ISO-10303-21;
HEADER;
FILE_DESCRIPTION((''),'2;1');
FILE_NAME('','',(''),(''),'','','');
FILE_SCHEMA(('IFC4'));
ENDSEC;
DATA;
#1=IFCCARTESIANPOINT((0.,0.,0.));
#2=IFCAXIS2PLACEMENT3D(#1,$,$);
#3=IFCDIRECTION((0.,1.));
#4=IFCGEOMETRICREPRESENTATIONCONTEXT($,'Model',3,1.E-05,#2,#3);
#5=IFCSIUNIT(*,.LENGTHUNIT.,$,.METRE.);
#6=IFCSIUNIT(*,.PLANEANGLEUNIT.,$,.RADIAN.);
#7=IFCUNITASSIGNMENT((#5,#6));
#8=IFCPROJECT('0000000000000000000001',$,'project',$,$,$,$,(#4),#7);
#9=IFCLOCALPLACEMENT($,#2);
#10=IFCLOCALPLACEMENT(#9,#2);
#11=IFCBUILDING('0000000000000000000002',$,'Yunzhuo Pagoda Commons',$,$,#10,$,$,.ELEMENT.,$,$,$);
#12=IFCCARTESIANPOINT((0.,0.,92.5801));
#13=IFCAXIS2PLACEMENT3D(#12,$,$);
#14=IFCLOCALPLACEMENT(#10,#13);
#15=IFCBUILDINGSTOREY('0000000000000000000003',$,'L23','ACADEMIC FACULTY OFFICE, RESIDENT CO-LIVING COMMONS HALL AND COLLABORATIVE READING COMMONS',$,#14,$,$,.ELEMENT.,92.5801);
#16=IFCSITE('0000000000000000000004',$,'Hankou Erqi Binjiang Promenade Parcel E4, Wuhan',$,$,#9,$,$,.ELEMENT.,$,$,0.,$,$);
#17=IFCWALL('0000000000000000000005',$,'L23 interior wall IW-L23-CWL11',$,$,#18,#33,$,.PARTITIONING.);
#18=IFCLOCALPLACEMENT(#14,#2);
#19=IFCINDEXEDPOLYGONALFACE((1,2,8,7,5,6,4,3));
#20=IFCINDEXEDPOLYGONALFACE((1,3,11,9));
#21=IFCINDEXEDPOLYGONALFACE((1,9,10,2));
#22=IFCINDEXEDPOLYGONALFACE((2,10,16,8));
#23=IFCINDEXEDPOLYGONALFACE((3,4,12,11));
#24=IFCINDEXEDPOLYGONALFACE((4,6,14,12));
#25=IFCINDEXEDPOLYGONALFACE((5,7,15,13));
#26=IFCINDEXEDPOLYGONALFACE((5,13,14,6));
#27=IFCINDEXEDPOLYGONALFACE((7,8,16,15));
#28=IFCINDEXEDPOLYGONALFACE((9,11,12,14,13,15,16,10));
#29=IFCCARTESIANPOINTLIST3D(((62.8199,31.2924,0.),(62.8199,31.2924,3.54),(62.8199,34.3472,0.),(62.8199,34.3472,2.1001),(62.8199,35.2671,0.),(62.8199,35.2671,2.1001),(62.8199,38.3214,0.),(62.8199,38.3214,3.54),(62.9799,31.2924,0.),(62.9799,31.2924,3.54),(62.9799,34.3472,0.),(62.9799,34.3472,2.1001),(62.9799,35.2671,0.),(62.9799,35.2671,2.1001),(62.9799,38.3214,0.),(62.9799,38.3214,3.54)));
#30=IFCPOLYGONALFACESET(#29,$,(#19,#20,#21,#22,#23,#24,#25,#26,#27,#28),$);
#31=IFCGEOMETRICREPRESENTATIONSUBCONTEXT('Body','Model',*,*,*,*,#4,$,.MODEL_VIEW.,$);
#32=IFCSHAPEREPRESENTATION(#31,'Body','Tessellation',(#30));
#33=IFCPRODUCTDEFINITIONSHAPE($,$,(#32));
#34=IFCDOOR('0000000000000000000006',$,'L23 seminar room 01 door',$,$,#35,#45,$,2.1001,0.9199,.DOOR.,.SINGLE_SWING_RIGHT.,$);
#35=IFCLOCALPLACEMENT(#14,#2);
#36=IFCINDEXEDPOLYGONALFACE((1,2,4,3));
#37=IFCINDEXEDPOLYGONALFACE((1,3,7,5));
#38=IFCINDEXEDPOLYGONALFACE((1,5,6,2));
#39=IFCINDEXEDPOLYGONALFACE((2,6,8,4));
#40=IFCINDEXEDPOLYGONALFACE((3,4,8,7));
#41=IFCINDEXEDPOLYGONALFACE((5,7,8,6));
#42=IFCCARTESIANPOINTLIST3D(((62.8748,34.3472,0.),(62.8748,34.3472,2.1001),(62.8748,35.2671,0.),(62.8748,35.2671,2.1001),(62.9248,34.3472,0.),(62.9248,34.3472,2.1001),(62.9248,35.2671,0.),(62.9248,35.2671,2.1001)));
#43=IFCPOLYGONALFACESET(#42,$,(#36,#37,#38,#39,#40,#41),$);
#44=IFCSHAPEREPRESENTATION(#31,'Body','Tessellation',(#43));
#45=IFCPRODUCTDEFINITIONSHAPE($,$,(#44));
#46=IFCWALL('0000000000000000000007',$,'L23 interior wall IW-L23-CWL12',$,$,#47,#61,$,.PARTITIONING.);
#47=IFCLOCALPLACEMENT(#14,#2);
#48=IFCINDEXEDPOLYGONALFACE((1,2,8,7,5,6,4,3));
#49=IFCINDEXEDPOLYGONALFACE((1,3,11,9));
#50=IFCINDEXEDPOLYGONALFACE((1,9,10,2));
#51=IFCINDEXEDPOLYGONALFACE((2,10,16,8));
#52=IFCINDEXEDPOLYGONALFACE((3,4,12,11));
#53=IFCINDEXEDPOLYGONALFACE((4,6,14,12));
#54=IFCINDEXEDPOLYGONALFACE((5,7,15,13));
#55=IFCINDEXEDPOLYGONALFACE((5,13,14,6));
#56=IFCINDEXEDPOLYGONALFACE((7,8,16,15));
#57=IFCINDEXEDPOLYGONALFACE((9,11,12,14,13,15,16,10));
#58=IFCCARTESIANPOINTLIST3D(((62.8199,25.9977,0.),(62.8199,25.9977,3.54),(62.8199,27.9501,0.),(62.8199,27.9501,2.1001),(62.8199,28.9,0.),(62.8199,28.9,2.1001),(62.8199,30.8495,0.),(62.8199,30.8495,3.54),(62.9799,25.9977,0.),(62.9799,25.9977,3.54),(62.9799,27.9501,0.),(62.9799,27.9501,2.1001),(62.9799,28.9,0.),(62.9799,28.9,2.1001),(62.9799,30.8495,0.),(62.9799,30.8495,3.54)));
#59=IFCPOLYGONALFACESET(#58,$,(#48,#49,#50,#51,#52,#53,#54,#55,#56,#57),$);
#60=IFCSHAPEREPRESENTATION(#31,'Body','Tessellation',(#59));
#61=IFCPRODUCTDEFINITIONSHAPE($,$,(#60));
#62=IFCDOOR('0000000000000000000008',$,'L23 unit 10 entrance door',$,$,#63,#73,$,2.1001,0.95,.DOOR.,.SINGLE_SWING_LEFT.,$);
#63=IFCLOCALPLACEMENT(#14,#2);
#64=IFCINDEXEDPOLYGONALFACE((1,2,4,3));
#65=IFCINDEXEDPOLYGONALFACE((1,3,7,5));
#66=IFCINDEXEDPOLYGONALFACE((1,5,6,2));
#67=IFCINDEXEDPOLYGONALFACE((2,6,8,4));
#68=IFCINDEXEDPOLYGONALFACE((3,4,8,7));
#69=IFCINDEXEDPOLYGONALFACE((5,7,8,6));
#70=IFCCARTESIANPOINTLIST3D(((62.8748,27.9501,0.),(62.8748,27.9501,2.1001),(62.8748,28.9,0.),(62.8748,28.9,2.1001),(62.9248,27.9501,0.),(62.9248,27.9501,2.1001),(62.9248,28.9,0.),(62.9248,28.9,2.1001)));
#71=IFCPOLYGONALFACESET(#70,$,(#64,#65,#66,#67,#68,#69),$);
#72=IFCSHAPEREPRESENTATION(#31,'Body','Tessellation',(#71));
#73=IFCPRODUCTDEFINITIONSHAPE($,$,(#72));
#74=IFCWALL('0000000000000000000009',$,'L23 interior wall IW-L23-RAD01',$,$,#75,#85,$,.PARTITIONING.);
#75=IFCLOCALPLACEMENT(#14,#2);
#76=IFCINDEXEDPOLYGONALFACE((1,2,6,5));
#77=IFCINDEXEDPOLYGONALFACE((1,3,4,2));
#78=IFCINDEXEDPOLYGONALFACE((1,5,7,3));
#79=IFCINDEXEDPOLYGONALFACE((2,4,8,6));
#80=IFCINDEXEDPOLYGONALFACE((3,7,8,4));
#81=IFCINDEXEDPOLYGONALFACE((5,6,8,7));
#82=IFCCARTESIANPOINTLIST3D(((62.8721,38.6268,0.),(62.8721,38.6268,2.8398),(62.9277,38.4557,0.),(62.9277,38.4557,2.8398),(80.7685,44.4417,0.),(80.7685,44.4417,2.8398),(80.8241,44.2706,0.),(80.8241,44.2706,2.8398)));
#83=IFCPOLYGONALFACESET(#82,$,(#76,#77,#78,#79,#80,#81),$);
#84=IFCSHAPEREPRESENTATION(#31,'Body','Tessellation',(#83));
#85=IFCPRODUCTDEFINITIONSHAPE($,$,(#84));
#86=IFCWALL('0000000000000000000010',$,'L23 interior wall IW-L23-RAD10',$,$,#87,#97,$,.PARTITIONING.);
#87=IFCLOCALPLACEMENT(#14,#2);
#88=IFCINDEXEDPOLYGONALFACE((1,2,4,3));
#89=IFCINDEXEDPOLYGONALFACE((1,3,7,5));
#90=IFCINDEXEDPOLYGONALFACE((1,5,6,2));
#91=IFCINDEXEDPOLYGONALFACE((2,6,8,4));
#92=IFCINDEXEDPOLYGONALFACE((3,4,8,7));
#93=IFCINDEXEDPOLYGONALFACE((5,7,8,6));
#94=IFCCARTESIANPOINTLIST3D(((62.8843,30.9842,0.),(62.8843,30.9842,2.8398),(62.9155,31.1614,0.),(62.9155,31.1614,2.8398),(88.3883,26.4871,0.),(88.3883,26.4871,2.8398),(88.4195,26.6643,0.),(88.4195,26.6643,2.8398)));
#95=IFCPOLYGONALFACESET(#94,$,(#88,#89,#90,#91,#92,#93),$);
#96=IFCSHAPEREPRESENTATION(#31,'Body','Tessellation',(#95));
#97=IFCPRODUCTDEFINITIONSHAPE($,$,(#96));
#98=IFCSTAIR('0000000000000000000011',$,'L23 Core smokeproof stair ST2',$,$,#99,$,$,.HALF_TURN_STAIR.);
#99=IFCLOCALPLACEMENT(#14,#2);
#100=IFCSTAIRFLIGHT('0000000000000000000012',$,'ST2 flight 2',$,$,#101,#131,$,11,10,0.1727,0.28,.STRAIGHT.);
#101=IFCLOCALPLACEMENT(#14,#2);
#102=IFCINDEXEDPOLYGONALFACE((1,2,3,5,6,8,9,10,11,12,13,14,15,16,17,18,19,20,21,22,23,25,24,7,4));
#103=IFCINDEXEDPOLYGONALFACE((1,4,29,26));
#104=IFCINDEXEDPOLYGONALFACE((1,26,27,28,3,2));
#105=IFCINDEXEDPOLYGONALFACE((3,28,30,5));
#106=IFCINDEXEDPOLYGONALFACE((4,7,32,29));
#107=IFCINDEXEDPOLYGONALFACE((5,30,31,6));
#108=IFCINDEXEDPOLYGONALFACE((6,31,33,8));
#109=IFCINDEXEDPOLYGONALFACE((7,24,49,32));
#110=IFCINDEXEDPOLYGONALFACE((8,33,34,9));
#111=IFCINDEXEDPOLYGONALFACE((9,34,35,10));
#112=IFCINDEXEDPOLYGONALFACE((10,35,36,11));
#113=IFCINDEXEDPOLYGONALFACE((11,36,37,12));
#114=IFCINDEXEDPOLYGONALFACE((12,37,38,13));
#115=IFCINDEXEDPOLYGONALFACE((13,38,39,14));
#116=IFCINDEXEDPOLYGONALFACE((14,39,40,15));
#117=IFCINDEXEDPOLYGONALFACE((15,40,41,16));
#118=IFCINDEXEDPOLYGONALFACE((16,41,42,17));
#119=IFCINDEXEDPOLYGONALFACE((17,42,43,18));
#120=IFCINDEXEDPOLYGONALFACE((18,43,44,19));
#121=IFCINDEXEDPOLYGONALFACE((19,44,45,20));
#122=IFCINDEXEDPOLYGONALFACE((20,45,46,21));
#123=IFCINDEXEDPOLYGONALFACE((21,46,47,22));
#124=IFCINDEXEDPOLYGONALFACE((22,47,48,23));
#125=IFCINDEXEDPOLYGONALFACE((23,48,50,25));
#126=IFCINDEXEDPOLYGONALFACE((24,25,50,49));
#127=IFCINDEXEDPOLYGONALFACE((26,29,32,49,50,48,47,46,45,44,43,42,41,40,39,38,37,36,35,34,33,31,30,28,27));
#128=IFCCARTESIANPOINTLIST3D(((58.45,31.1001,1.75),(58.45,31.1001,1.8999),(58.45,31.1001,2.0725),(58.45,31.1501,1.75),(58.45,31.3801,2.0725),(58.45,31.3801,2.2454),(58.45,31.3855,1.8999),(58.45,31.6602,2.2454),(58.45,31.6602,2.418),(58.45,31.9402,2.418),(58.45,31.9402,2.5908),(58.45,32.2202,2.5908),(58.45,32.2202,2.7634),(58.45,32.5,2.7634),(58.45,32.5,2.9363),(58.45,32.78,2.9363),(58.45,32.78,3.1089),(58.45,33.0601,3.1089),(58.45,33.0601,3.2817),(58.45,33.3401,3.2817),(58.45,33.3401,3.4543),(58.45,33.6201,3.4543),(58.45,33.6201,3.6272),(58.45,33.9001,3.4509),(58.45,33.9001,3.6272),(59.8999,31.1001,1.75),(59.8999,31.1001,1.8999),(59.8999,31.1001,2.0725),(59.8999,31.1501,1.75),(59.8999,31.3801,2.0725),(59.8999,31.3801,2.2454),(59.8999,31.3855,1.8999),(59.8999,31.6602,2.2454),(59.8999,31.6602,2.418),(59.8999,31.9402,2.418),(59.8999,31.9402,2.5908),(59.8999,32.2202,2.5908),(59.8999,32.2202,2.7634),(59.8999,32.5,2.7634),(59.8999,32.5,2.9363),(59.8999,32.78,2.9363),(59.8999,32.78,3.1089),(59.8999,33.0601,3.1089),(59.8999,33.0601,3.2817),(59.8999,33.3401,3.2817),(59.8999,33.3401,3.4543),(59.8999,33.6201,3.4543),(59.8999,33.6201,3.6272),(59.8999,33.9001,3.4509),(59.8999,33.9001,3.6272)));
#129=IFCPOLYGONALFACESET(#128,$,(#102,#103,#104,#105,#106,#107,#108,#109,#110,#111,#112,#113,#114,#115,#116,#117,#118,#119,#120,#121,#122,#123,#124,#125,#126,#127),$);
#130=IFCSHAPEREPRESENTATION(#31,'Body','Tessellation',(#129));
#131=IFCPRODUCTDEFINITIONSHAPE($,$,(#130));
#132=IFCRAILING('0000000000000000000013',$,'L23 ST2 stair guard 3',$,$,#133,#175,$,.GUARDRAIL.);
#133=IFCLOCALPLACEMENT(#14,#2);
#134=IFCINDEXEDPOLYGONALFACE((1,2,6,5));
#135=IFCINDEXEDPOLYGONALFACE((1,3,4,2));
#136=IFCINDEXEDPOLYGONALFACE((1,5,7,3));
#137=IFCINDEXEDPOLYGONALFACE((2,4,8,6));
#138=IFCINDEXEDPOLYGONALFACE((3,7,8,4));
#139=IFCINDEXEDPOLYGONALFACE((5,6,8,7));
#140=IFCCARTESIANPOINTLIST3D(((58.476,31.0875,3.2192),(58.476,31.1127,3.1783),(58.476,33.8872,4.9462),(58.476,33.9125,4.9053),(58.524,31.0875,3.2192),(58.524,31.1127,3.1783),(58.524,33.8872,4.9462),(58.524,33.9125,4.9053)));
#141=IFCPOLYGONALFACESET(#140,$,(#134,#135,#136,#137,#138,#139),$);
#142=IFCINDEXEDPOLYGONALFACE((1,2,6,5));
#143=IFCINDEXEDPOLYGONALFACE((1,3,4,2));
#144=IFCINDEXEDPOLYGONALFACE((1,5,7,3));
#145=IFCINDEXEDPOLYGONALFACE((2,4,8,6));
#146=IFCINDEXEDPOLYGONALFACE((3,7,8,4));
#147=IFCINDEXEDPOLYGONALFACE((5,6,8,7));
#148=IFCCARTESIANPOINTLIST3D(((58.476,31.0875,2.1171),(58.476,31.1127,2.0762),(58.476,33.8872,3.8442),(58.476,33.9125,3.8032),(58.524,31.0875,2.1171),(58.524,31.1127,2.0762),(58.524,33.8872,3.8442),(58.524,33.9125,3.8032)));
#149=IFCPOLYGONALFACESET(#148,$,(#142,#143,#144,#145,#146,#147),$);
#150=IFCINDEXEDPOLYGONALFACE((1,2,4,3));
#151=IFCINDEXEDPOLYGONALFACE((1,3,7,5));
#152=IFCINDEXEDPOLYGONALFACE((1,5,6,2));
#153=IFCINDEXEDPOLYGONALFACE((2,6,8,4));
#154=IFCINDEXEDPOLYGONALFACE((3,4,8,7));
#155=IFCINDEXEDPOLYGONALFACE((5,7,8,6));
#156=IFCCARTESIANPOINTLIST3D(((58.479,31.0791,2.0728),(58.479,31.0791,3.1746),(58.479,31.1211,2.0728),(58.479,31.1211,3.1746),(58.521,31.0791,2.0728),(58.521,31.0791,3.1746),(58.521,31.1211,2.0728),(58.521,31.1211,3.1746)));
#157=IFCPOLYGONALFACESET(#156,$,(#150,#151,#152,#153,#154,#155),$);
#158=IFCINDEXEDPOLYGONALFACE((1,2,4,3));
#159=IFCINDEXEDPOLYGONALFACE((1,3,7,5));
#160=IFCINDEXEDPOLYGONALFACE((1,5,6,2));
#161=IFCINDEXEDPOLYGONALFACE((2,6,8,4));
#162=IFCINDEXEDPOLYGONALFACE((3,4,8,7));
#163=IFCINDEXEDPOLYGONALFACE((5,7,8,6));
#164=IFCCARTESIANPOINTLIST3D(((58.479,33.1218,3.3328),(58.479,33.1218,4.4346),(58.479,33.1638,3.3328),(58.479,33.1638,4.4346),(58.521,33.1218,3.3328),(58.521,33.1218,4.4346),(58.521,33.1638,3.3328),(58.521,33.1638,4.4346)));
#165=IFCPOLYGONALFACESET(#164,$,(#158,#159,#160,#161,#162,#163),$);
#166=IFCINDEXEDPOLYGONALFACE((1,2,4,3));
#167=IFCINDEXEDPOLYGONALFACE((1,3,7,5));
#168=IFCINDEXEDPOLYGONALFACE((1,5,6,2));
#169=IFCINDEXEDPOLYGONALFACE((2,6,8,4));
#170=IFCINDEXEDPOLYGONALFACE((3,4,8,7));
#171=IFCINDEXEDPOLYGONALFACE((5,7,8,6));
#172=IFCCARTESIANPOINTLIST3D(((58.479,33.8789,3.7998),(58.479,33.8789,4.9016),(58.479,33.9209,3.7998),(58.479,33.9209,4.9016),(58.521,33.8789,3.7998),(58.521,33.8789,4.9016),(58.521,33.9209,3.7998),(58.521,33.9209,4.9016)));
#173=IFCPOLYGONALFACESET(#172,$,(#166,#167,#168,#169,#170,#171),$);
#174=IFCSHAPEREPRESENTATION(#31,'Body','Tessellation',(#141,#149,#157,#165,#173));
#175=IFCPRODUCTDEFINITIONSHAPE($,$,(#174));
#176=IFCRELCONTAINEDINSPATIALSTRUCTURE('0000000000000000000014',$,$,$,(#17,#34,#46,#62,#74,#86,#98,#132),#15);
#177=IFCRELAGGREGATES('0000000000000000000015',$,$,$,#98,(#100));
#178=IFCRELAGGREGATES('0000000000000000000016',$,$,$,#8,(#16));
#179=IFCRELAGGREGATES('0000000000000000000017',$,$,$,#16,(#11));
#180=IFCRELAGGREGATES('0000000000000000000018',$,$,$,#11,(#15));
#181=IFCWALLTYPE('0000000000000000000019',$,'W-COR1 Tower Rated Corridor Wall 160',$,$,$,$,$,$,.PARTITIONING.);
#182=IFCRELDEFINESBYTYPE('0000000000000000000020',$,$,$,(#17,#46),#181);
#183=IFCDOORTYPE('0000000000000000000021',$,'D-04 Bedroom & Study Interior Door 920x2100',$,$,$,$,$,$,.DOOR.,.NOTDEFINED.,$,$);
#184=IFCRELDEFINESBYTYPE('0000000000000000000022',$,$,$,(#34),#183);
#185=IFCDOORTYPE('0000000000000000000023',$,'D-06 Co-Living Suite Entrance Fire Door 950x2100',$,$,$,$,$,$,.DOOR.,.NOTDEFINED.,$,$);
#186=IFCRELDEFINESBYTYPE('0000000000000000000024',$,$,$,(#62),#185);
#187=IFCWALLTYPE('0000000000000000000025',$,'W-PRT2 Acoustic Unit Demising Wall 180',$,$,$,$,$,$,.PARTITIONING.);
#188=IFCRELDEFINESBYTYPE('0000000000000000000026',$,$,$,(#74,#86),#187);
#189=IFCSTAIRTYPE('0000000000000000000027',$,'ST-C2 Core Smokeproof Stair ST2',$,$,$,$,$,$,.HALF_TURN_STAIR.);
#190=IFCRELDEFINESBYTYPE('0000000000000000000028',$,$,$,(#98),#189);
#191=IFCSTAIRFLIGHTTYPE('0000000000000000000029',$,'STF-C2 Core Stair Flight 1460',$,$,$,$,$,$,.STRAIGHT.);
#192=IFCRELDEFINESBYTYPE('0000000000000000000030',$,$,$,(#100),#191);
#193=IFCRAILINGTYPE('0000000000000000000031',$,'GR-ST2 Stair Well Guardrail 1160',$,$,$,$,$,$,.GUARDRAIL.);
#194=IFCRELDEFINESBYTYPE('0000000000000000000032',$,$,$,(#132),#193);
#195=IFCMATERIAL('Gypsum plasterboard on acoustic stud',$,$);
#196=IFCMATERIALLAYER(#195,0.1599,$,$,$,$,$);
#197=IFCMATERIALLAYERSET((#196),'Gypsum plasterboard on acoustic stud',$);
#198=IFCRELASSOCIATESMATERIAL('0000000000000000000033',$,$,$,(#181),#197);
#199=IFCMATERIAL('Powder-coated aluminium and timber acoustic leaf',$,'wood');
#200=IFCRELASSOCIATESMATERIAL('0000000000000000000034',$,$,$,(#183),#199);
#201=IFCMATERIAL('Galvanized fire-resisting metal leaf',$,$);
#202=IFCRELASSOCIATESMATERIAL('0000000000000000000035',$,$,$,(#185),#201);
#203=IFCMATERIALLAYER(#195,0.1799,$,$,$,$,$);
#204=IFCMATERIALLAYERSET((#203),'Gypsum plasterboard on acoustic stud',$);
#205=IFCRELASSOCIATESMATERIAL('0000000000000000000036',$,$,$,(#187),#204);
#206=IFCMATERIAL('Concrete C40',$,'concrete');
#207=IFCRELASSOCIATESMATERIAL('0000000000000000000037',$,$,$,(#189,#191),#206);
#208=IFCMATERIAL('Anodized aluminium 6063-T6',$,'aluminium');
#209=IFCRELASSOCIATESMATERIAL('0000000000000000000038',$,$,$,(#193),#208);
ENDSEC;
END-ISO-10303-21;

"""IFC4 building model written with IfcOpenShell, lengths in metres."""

from ifc_helpers import new_model, si_unit, direction, frame, frame_2d, origin, origin_with_axes, origin_2d, place, context, subcontext, project, spatial, polyline, rectangle, outline, extrude, source, transform, mapped, material, layer, layer_set, type_object, element, fill, aggregate, save


model = new_model("IFC4")

# Units and contexts
model_context = context("Model", 3, precision=1e-05, world=origin(), true_north=direction((0.0, 1.0)))
body_context = subcontext(model_context, "Body", "Model", "MODEL_VIEW")
ifc_project = project(units=[si_unit("LENGTHUNIT", "METRE"), si_unit("PLANEANGLEUNIT", "RADIAN")], contexts=[model_context])

# Site, building, storey
site_placement = place(None, origin())
site = spatial("IfcSite", under=ifc_project, at=site_placement, Name="Hankou Erqi Binjiang Promenade Parcel E4, Wuhan", CompositionType="ELEMENT", RefElevation=0.0)
building_placement = place(site_placement, origin())
building = spatial("IfcBuilding", under=site, at=building_placement, Name="Yunzhuo Pagoda Commons", CompositionType="ELEMENT")
storey_placement = place(building_placement, frame((0.0, 0.0, 92.5801)))
storey = spatial("IfcBuildingStorey", under=building, at=storey_placement, Name="L23", Description="ACADEMIC FACULTY OFFICE, RESIDENT CO-LIVING COMMONS HALL AND COLLABORATIVE READING COMMONS", CompositionType="ELEMENT", Elevation=92.5801)

# Shared definitions
ifc_material_1 = material(Name="Anodized aluminium 6063-T6", Category="aluminium")

# Shared definitions
ifc_material_2 = material(Name="Gypsum plasterboard on acoustic stud")
ifc_layer_1 = layer(ifc_material_2, 0.1599)
ifc_layer_set_1 = layer_set([ifc_layer_1], Name="Gypsum plasterboard on acoustic stud")
wall_type_1 = type_object("IfcWallType", Name="W-COR1 Tower Rated Corridor Wall 160", PredefinedType="PARTITIONING", material=ifc_layer_set_1)

# Walls, openings, doors
wall_1_placement = place(storey_placement, frame((62.8999, 38.3215, 0.0), z_axis=(0.0, 0.0, 1.0), x_axis=(0.0, -1.0, 0.0)))
wall_1 = element("IfcWall", 1, at=wall_1_placement, inside=storey, type_object=wall_type_1, Name="L23 interior wall IW-L23-CWL11", PredefinedType="PARTITIONING", context=body_context, shape_type="SweptSolid", body=[
    extrude(rectangle(XDim=7.0291, YDim=0.1599, at=frame_2d((3.5146, 0.0))), origin(), (0.0, 0.0, 1.0), 3.54),
])
opening_1_placement = place(wall_1_placement, frame((3.0544, 0.0, 0.0)))
opening_1 = element("IfcOpeningElement", 2, at=opening_1_placement, cuts=wall_1, PredefinedType="OPENING", context=body_context, shape_type="SweptSolid", body=[
    extrude(rectangle(XDim=0.9199, YDim=2.1001, at=frame_2d((0.46, 1.05))), frame((0.0, 0.0898, 0.0), z_axis=(0.0, -1.0, 0.0), x_axis=(1.0, 0.0, 0.0)), (0.0, 0.0, 1.0), 0.1799),
])
ifc_material_3 = material(Name="Powder-coated aluminium and timber acoustic leaf", Category="wood")
door_type_1 = type_object("IfcDoorType", Name="D-04 Bedroom & Study Interior Door 920x2100", OperationType="NOTDEFINED", PredefinedType="DOOR", material=ifc_material_3)
shared_shape_1 = source(origin(), body_context, "Body", "SweptSolid", [
    extrude(rectangle(XDim=0.9199, YDim=2.1001, at=frame_2d((0.46, 1.05))), frame((0.0, 0.0249, 0.0), z_axis=(0.0, -1.0, 0.0), x_axis=(1.0, 0.0, 0.0)), (0.0, 0.0, 1.0), 0.05),
])
door_1_placement = place(opening_1_placement, origin_with_axes())
door_1 = element("IfcDoor", 3, at=door_1_placement, inside=storey, type_object=door_type_1, Name="L23 seminar room 01 door", OperationType="SINGLE_SWING_RIGHT", OverallHeight=2.1001, OverallWidth=0.9199, PredefinedType="DOOR", context=body_context, shape_type="MappedRepresentation", body=[
    mapped(shared_shape_1, transform((0.0, 0.0, 0.0), scale=1.0)),
])
fill(opening_1, door_1)
wall_2_placement = place(storey_placement, frame((62.8999, 30.8494, 0.0), z_axis=(0.0, 0.0, 1.0), x_axis=(0.0, -1.0, 0.0)))
wall_2 = element("IfcWall", 4, at=wall_2_placement, inside=storey, type_object=wall_type_1, Name="L23 interior wall IW-L23-CWL12", PredefinedType="PARTITIONING", context=body_context, shape_type="SweptSolid", body=[
    extrude(rectangle(XDim=4.8518, YDim=0.1599, at=frame_2d((2.4258, 0.0))), origin(), (0.0, 0.0, 1.0), 3.54),
])
opening_2_placement = place(wall_2_placement, frame((1.9492, 0.0, 0.0)))
opening_2 = element("IfcOpeningElement", 5, at=opening_2_placement, cuts=wall_2, PredefinedType="OPENING", context=body_context, shape_type="SweptSolid", body=[
    extrude(rectangle(XDim=0.95, YDim=2.1001, at=frame_2d((0.4751, 1.05))), frame((0.0, 0.0898, 0.0), z_axis=(0.0, -1.0, 0.0), x_axis=(1.0, 0.0, 0.0)), (0.0, 0.0, 1.0), 0.1799),
])
ifc_material_4 = material(Name="Galvanized fire-resisting metal leaf")
door_type_2 = type_object("IfcDoorType", Name="D-06 Co-Living Suite Entrance Fire Door 950x2100", OperationType="NOTDEFINED", PredefinedType="DOOR", material=ifc_material_4)
shared_shape_2 = source(origin(), body_context, "Body", "SweptSolid", [
    extrude(rectangle(XDim=0.95, YDim=2.1001, at=frame_2d((0.4751, 1.05))), frame((0.0, 0.0249, 0.0), z_axis=(0.0, -1.0, 0.0), x_axis=(1.0, 0.0, 0.0)), (0.0, 0.0, 1.0), 0.05),
])
door_2_placement = place(opening_2_placement, origin_with_axes())
door_2 = element("IfcDoor", 6, at=door_2_placement, inside=storey, type_object=door_type_2, Name="L23 unit 10 entrance door", OperationType="SINGLE_SWING_LEFT", OverallHeight=2.1001, OverallWidth=0.95, PredefinedType="DOOR", context=body_context, shape_type="MappedRepresentation", body=[
    mapped(shared_shape_2, transform((0.0, 0.0, 0.0), scale=1.0)),
])
fill(opening_2, door_2)

# Walls
ifc_layer_2 = layer(ifc_material_2, 0.1799)
ifc_layer_set_2 = layer_set([ifc_layer_2], Name="Gypsum plasterboard on acoustic stud")
wall_type_2 = type_object("IfcWallType", Name="W-PRT2 Acoustic Unit Demising Wall 180", PredefinedType="PARTITIONING", material=ifc_layer_set_2)
wall_3_placement = place(storey_placement, frame((62.8999, 38.5413, 0.0), z_axis=(0.0, 0.0, 1.0), x_axis=(0.951056, 0.309018, 0.0)))
element("IfcWall", 7, at=wall_3_placement, inside=storey, type_object=wall_type_2, Name="L23 interior wall IW-L23-RAD01", PredefinedType="PARTITIONING", context=body_context, shape_type="SweptSolid", body=[
    extrude(rectangle(XDim=18.8174, YDim=0.1799, at=frame_2d((9.4087, 0.0))), origin(), (0.0, 0.0, 1.0), 2.8398),
])
wall_4_placement = place(storey_placement, frame((62.8999, 31.0728, 0.0), z_axis=(0.0, 0.0, 1.0), x_axis=(0.984807, -0.17365, 0.0)))
element("IfcWall", 8, at=wall_4_placement, inside=storey, type_object=wall_type_2, Name="L23 interior wall IW-L23-RAD10", PredefinedType="PARTITIONING", context=body_context, shape_type="SweptSolid", body=[
    extrude(rectangle(XDim=25.8975, YDim=0.1799, at=frame_2d((12.9487, 0.0))), origin(), (0.0, 0.0, 1.0), 2.8398),
])

# Stair, stair flight
ifc_material_5 = material(Name="Concrete C40", Category="concrete")
stair_type = type_object("IfcStairType", Name="ST-C2 Core Smokeproof Stair ST2", PredefinedType="HALF_TURN_STAIR", material=ifc_material_5)
stair_placement = place(storey_placement, origin())
stair = element("IfcStair", 9, at=stair_placement, inside=storey, type_object=stair_type, Name="L23 Core smokeproof stair ST2", PredefinedType="HALF_TURN_STAIR")
stair_flight_type = type_object("IfcStairFlightType", Name="STF-C2 Core Stair Flight 1460", PredefinedType="STRAIGHT", material=ifc_material_5)
shared_shape_3 = source(origin(), body_context, "Body", "SweptSolid", [
    extrude(outline(polyline([(0.0, -0.1499), (0.0, 0.0), (0.0, 0.1726), (0.28, 0.1726), (0.28, 0.3455), (0.5601, 0.3455), (0.5601, 0.5181), (0.8401, 0.5181), (0.8401, 0.6909), (1.1201, 0.6909), (1.1201, 0.8635), (1.3999, 0.8635), (1.3999, 1.0364), (1.6799, 1.0364), (1.6799, 1.209), (1.96, 1.209), (1.96, 1.3818), (2.24, 1.3818), (2.24, 1.5544), (2.52, 1.5544), (2.52, 1.7273), (2.8, 1.7273), (2.8, 1.8999), (2.8, 1.551), (0.2854, 0.0), (0.05, -0.1499), (0.0, -0.1499)])), frame((0.0, 0.7251, 0.0), z_axis=(0.0, -1.0, 0.0), x_axis=(1.0, 0.0, 0.0)), (0.0, 0.0, 1.0), 1.45),
])
stair_flight_placement = place(storey_placement, frame((59.175, 31.1001, 1.8999), z_axis=(0.0, 0.0, 1.0), x_axis=(0.0, 1.0, 0.0)))
stair_flight = element("IfcStairFlight", 10, at=stair_flight_placement, type_object=stair_flight_type, Name="ST2 flight 2", NumberOfRisers=11, NumberOfTreads=10, PredefinedType="STRAIGHT", RiserHeight=0.1727, TreadLength=0.28, context=body_context, shape_type="MappedRepresentation", body=[
    mapped(shared_shape_3, transform((0.0, 0.0, 0.0), scale=1.0)),
])
aggregate(stair, [stair_flight])

# Railing
railing_type_1 = type_object("IfcRailingType", Name="GR-ST2 Stair Well Guardrail 1160", PredefinedType="GUARDRAIL", material=ifc_material_1)
railing_1_placement = place(storey_placement, frame((58.5, 31.1001, 2.0728)))
element("IfcRailing", 11, at=railing_1_placement, inside=storey, type_object=railing_type_1, Name="L23 ST2 stair guard 3", PredefinedType="GUARDRAIL", context=body_context, shape_type="SweptSolid", body=[
    extrude(rectangle(XDim=0.0481, YDim=0.0481, at=origin_2d()), frame((0.0, 0.0, 1.126), z_axis=(0.0, 0.851102, 0.525), x_axis=(-1.0, 0.0, 0.0)), (0.0, 0.0, 1.0), 3.2896),
    extrude(rectangle(XDim=0.0481, YDim=0.0481, at=origin_2d()), frame((0.0, 0.0, 0.0239), z_axis=(0.0, 0.851102, 0.525), x_axis=(-1.0, 0.0, 0.0)), (0.0, 0.0, 1.0), 3.2896),
    extrude(rectangle(XDim=0.042, YDim=0.042, at=origin_2d()), origin(), (0.0, 0.0, 1.0), 1.1018),
    extrude(rectangle(XDim=0.042, YDim=0.042, at=origin_2d()), frame((0.0, 2.0427, 1.26)), (0.0, 0.0, 1.0), 1.1018),
    extrude(rectangle(XDim=0.042, YDim=0.042, at=origin_2d()), frame((0.0, 2.7998, 1.7271)), (0.0, 0.0, 1.0), 1.1018),
])

save(model, "model.ifc")
